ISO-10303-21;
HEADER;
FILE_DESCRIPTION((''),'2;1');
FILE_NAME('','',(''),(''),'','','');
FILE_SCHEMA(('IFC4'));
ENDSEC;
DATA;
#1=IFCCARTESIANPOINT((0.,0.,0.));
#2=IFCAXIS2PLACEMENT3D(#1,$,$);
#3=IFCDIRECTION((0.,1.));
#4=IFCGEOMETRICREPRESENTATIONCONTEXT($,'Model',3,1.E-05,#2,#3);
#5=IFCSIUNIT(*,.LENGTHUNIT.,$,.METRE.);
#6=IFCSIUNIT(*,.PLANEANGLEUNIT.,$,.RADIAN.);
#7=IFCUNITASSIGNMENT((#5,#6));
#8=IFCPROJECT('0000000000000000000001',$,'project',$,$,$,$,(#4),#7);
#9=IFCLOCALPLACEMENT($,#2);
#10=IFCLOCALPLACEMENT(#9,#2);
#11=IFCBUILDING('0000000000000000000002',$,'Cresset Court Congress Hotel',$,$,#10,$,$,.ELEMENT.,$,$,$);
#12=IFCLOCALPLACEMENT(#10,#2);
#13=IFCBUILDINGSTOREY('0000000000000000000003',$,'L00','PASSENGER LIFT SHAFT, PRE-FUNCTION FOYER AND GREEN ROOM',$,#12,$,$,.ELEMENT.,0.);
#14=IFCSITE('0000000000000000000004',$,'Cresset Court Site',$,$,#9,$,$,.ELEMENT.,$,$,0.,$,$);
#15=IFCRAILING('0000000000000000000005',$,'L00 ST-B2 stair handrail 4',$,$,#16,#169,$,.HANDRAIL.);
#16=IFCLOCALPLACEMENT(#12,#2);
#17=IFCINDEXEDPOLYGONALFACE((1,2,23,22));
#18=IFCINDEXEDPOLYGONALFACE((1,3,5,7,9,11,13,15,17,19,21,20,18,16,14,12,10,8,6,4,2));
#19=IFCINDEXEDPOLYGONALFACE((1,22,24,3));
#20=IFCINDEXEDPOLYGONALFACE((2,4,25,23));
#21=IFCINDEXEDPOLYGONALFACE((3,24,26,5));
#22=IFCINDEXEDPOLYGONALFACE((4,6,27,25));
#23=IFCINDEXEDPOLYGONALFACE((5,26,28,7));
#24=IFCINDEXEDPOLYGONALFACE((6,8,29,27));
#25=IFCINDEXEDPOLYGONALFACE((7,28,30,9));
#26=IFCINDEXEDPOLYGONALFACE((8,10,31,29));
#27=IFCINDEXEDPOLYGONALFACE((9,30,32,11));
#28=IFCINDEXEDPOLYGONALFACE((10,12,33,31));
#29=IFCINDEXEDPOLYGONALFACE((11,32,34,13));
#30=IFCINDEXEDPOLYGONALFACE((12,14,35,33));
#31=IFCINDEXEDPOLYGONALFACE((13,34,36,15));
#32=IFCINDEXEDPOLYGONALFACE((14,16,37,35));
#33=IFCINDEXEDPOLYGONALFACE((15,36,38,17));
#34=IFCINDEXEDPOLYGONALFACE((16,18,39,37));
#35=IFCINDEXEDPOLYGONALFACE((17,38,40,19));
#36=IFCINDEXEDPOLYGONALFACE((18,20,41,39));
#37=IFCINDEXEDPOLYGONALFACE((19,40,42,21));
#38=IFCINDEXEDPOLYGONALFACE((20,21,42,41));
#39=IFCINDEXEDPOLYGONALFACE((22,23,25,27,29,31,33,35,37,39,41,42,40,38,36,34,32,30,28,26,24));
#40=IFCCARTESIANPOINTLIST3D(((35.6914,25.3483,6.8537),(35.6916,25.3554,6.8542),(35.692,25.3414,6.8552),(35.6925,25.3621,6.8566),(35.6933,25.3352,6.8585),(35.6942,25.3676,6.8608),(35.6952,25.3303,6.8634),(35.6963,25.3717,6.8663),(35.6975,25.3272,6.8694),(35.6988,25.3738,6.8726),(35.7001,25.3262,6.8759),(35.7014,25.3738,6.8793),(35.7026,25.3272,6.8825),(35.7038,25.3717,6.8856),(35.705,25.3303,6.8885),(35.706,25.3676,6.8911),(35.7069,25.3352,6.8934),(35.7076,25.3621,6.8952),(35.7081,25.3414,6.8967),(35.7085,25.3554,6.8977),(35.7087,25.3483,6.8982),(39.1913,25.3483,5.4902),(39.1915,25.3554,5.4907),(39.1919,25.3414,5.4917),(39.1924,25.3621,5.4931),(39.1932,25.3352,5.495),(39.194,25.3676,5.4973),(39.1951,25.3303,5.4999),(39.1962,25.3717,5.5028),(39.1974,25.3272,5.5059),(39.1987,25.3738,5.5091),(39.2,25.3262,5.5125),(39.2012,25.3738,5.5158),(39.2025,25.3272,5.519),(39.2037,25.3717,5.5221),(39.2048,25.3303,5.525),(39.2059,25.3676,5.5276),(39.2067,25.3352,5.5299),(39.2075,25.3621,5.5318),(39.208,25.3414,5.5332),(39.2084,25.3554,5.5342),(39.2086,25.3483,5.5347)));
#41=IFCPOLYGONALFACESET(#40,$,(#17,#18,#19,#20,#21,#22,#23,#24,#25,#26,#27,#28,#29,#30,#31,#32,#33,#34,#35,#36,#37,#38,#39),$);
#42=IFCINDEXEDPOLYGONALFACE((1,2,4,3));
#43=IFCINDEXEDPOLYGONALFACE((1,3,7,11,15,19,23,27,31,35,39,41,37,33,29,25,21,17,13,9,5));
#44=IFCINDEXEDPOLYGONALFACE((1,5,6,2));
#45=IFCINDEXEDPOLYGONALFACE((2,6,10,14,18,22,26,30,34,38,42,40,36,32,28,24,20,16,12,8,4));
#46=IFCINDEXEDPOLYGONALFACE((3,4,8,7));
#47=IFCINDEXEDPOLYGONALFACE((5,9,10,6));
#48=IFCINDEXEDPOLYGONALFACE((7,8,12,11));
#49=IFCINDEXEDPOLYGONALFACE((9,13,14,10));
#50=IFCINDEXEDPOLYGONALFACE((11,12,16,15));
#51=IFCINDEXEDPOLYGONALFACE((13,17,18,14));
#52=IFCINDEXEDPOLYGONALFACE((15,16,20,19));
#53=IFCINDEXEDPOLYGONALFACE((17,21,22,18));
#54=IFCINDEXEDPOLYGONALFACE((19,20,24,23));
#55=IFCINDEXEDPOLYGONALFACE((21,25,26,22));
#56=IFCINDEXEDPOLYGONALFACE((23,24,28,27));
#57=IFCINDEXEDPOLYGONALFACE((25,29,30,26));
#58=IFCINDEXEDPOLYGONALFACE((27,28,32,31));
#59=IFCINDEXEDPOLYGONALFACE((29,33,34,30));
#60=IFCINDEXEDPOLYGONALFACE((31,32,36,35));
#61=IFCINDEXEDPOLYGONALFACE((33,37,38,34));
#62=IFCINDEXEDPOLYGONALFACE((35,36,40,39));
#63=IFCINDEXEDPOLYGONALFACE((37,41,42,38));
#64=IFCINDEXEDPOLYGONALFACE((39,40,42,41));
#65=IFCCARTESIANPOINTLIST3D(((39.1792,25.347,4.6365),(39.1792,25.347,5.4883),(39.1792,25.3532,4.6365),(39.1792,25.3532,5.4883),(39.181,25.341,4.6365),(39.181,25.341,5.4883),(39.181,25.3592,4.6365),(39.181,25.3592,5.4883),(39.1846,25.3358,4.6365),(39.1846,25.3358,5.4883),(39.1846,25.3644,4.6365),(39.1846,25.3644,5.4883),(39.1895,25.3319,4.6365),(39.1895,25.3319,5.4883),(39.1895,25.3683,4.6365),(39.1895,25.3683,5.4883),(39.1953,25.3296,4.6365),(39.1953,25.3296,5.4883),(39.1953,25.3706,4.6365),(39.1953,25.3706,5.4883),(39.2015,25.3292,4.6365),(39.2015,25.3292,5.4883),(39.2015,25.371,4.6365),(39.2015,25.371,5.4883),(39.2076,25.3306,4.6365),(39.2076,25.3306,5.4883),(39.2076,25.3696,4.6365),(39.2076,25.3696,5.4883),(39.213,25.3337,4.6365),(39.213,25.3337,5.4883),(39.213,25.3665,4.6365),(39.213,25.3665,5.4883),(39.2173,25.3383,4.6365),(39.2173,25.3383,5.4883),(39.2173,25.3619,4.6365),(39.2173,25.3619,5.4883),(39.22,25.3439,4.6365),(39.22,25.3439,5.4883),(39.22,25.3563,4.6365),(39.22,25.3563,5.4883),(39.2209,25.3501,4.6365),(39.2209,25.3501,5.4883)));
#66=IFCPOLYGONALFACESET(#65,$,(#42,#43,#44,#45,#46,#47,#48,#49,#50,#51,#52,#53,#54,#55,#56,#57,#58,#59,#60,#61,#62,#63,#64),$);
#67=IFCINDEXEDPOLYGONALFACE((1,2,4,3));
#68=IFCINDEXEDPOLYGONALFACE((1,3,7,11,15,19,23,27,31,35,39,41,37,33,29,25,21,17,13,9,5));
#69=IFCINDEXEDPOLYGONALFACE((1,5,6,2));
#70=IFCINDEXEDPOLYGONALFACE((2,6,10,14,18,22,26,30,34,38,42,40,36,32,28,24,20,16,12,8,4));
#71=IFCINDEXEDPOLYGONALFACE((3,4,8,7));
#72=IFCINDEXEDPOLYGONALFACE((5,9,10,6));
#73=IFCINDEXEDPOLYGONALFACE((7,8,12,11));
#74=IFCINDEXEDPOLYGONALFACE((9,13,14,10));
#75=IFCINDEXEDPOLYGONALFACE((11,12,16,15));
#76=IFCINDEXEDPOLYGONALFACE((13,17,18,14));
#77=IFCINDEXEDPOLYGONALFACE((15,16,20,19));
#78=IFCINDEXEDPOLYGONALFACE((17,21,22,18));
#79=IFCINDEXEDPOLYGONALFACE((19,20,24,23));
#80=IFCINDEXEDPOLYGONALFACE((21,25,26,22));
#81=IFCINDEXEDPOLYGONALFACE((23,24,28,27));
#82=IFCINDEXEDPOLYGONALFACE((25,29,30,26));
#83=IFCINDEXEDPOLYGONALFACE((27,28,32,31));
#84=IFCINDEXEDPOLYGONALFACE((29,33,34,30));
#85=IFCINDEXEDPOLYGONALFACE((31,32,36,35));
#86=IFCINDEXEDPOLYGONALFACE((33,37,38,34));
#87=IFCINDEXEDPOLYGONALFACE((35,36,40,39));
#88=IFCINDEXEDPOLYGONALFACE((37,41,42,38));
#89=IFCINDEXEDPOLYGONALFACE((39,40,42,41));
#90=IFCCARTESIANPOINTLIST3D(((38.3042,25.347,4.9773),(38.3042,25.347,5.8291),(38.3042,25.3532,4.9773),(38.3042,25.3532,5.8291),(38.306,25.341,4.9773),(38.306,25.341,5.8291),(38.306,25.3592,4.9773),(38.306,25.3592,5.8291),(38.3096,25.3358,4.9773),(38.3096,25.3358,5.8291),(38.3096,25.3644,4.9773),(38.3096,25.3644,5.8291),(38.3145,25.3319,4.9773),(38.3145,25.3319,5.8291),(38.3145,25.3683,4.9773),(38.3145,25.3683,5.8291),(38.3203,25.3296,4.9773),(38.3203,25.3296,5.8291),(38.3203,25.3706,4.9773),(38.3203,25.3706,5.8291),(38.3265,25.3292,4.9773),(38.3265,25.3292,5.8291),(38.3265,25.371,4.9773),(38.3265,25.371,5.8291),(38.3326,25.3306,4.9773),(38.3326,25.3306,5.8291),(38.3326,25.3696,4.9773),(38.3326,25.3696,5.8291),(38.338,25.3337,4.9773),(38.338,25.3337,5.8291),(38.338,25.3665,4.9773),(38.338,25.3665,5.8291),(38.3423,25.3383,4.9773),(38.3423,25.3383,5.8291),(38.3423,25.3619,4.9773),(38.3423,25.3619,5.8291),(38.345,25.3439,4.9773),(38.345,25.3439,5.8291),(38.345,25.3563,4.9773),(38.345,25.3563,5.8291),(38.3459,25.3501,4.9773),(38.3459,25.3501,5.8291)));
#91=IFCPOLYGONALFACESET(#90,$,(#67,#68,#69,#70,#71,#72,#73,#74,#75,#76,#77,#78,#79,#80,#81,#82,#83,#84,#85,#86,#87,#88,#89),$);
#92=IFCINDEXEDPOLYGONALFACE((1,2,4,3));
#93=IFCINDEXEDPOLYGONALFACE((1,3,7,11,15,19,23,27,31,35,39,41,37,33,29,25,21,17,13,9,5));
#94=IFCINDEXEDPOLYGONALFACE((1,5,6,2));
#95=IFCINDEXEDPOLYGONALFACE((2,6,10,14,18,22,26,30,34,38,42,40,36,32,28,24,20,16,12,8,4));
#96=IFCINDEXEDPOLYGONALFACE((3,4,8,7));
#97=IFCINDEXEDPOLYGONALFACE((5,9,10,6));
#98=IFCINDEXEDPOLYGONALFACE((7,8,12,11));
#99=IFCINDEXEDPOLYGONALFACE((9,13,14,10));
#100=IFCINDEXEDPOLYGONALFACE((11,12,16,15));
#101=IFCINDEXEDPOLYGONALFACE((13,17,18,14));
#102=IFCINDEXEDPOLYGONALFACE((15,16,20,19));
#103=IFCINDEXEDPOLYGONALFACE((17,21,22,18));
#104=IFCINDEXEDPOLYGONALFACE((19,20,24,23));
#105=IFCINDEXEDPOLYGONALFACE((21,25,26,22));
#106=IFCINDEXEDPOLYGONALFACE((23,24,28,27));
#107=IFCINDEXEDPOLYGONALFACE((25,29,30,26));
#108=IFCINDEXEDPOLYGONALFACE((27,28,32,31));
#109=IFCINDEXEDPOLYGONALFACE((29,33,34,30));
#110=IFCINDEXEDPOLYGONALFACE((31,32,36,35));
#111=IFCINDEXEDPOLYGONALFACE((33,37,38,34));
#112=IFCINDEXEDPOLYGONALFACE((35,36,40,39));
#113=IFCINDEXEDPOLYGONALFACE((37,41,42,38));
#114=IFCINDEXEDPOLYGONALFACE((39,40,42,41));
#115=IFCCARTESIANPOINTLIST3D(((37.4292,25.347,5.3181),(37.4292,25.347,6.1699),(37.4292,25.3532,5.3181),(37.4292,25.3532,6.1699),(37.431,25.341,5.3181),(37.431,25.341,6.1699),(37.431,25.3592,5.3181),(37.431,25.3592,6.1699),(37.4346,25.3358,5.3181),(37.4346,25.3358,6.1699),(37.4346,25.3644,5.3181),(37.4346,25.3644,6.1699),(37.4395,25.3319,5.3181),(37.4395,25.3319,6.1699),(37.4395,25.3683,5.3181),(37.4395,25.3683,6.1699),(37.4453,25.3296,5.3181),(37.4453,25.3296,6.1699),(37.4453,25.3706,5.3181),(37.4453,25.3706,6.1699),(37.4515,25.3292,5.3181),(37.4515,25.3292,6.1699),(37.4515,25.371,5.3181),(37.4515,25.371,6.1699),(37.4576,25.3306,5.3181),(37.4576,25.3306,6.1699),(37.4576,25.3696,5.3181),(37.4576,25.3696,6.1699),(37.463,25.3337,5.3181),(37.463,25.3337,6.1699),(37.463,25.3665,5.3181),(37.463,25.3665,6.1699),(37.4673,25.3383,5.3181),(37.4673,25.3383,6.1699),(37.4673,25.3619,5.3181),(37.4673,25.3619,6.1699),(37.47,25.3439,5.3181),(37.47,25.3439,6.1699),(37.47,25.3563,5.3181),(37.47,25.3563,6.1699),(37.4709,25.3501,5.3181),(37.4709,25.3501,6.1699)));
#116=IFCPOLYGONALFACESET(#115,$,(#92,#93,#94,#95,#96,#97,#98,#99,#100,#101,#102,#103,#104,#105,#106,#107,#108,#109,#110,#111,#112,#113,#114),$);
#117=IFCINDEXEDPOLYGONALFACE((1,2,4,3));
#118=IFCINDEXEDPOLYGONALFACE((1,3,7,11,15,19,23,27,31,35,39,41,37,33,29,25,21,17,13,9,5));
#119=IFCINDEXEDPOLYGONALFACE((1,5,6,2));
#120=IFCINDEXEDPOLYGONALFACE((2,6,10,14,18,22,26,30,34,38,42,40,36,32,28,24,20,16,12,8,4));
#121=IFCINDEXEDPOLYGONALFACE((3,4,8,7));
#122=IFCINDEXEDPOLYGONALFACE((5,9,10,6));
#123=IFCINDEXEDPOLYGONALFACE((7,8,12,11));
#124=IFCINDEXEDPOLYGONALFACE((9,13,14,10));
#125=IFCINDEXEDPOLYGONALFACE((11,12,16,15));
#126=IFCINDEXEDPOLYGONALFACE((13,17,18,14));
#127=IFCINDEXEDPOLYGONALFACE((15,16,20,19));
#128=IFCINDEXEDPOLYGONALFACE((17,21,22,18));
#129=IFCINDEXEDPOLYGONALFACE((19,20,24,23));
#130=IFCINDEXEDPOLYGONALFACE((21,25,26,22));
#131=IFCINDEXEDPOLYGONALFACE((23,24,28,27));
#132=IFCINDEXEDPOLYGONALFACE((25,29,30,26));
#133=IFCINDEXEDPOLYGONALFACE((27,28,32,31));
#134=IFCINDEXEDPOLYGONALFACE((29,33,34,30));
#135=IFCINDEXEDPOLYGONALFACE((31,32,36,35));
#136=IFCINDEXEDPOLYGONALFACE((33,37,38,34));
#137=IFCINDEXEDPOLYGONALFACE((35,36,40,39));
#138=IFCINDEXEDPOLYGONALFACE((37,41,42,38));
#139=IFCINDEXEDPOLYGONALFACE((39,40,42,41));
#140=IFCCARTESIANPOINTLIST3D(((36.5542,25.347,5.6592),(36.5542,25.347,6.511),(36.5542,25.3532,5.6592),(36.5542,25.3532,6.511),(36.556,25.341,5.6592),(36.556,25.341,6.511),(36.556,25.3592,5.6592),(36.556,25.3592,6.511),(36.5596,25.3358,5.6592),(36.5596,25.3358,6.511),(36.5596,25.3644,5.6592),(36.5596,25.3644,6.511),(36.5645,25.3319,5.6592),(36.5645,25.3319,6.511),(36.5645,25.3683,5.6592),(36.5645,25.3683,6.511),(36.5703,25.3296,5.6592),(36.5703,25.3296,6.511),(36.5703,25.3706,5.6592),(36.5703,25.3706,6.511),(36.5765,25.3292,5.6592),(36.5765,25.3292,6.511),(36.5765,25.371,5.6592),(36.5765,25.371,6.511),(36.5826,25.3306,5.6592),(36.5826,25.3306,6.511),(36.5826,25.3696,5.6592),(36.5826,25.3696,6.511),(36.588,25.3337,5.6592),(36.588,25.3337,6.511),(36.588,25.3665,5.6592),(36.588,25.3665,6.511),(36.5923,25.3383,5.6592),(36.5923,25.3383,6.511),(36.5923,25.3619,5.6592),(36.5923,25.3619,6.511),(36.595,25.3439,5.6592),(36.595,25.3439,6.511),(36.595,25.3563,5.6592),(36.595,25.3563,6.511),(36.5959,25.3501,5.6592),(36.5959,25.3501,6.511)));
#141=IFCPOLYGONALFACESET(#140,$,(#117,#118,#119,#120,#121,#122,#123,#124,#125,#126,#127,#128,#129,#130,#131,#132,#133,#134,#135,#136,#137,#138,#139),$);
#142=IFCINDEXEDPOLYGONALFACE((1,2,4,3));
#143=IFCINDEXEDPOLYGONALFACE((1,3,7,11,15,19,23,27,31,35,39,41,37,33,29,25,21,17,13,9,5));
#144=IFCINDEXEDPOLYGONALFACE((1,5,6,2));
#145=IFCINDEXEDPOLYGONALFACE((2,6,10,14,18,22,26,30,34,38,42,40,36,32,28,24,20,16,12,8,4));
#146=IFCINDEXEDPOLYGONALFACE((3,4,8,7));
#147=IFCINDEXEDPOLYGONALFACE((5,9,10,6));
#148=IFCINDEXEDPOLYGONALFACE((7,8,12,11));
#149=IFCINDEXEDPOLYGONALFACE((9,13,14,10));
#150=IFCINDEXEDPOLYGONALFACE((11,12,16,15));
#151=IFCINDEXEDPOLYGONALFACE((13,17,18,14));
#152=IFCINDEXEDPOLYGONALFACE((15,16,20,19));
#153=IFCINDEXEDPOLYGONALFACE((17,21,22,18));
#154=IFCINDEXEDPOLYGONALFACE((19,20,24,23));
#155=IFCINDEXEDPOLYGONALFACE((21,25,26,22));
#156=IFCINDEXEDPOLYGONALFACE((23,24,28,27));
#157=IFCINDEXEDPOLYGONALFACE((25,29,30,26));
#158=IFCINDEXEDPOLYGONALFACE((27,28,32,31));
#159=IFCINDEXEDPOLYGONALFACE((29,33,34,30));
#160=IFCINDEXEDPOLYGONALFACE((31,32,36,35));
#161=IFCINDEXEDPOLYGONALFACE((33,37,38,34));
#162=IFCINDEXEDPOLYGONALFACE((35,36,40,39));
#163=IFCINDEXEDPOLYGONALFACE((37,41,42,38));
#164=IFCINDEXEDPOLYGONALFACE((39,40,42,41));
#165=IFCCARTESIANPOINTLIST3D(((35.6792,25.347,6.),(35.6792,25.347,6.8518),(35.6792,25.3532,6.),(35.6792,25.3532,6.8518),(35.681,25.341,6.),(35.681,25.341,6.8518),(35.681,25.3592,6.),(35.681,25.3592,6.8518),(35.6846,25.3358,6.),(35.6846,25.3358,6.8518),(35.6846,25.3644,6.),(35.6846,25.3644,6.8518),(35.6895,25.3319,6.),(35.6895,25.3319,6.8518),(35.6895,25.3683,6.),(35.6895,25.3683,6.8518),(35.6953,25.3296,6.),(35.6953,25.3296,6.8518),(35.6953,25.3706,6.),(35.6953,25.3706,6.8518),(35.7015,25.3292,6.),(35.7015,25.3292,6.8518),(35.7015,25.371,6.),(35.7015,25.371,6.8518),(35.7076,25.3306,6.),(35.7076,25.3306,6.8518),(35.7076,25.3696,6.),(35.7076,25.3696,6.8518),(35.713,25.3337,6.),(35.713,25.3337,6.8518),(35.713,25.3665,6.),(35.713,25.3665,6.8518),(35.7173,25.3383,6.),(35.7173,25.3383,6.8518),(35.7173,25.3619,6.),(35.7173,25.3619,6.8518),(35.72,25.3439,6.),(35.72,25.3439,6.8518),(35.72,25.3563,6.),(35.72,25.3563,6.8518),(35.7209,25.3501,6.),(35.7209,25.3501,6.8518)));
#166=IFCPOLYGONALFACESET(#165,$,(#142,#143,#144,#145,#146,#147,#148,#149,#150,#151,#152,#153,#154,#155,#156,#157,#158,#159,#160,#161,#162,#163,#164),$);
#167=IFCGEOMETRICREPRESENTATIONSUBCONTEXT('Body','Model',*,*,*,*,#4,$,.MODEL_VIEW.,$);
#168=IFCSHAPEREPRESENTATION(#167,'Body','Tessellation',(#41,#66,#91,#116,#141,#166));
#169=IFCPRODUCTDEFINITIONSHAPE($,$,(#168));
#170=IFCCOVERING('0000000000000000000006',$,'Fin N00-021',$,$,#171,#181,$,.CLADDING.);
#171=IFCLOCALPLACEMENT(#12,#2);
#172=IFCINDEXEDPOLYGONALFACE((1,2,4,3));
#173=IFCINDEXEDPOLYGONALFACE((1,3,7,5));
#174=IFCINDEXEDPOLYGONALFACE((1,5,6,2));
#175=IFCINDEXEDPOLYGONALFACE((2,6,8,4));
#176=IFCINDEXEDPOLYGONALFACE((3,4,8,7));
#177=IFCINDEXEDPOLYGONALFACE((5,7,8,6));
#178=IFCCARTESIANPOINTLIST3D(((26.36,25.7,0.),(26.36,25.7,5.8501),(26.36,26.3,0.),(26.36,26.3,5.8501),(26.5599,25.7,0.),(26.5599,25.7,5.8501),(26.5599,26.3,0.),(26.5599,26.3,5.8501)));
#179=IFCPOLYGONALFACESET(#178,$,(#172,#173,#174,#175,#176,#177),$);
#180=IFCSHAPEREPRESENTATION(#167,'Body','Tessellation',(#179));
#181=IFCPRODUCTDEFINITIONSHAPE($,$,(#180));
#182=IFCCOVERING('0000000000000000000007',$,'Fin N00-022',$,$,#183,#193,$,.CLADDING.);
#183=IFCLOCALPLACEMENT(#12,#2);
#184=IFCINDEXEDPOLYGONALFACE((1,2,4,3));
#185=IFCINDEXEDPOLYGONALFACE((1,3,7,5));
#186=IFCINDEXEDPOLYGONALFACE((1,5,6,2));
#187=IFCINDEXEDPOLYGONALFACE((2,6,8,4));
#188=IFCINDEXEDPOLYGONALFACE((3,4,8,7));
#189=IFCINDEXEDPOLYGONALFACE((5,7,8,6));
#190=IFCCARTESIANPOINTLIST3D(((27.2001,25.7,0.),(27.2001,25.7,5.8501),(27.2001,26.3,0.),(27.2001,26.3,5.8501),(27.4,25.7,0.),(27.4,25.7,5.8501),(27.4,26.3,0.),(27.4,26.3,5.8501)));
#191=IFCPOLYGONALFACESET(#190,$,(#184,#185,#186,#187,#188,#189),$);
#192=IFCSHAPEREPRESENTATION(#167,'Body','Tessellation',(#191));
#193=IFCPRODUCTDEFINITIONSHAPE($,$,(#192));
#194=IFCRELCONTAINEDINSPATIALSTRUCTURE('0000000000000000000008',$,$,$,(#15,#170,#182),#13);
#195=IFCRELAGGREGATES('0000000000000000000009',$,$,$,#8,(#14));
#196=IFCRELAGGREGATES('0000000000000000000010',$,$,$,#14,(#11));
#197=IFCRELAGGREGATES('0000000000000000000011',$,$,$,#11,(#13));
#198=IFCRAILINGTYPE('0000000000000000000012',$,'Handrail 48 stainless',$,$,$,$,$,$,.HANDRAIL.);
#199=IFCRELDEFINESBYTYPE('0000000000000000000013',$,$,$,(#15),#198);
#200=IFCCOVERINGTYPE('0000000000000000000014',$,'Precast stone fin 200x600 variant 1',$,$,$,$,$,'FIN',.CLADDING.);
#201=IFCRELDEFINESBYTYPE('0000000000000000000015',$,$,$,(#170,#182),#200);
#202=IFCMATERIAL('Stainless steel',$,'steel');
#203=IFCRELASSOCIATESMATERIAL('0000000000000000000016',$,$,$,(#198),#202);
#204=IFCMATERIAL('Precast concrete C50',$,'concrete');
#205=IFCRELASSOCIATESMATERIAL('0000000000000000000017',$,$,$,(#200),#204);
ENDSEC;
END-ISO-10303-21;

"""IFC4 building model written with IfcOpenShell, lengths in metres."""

from ifc_helpers import new_model, si_unit, direction, frame, origin, origin_2d, place, context, subcontext, project, spatial, rectangle, circle, extrude, material, type_object, element, save


model = new_model("IFC4")

# Units and contexts
model_context = context("Model", 3, precision=1e-05, world=origin(), true_north=direction((0.0, 1.0)))
body_context = subcontext(model_context, "Body", "Model", "MODEL_VIEW")
ifc_project = project(units=[si_unit("LENGTHUNIT", "METRE"), si_unit("PLANEANGLEUNIT", "RADIAN")], contexts=[model_context])

# Site, building, storey
site_placement = place(None, origin())
site = spatial("IfcSite", under=ifc_project, at=site_placement, Name="Cresset Court Site", CompositionType="ELEMENT", RefElevation=0.0)
building_placement = place(site_placement, origin())
building = spatial("IfcBuilding", under=site, at=building_placement, Name="Cresset Court Congress Hotel", CompositionType="ELEMENT")
storey_placement = place(building_placement, origin())
storey = spatial("IfcBuildingStorey", under=building, at=storey_placement, Name="L00", Description="PASSENGER LIFT SHAFT, PRE-FUNCTION FOYER AND GREEN ROOM", CompositionType="ELEMENT", Elevation=0.0)

# Railing
ifc_material_1 = material(Name="Stainless steel", Category="steel")
railing_type_1 = type_object("IfcRailingType", Name="Handrail 48 stainless", PredefinedType="HANDRAIL", material=ifc_material_1)
railing_1_placement = place(storey_placement, frame((39.2, 25.3501, 4.6365)))
element("IfcRailing", 1, at=railing_1_placement, inside=storey, type_object=railing_type_1, Name="L00 ST-B2 stair handrail 4", PredefinedType="HANDRAIL", context=body_context, shape_type="SweptSolid", body=[
    extrude(circle(Radius=0.0239, at=origin_2d()), frame((0.0, 0.0, 0.876), z_axis=(-0.931787, 0.0, 0.363005), x_axis=(0.0, -1.0, 0.0)), (0.0, 0.0, 1.0), 3.7561),
    extrude(circle(Radius=0.021, at=origin_2d()), origin(), (0.0, 0.0, 1.0), 0.8518),
    extrude(circle(Radius=0.021, at=origin_2d()), frame((-0.875, 0.0, 0.3408)), (0.0, 0.0, 1.0), 0.8518),
    extrude(circle(Radius=0.021, at=origin_2d()), frame((-1.75, 0.0, 0.6816)), (0.0, 0.0, 1.0), 0.8518),
    extrude(circle(Radius=0.021, at=origin_2d()), frame((-2.625, 0.0, 1.0227)), (0.0, 0.0, 1.0), 0.8518),
    extrude(circle(Radius=0.021, at=origin_2d()), frame((-3.5, 0.0, 1.3635)), (0.0, 0.0, 1.0), 0.8518),
])

# Coverings
ifc_material_2 = material(Name="Precast concrete C50", Category="concrete")
covering_type = type_object("IfcCoveringType", Name="Precast stone fin 200x600 variant 1", ElementType="FIN", PredefinedType="CLADDING", material=ifc_material_2)
for number, where, z_axis, x_axis, name in (
    (2, (26.46, 26.0, 0.0), (0.0, 0.0, 1.0), (1.0, 0.0, 0.0), "Fin N00-021"),
    (3, (27.3, 26.0, 0.0), (0.0, 0.0, 1.0), (1.0, 0.0, 0.0), "Fin N00-022"),
):
    element("IfcCovering", number, at=place(storey_placement, frame(where, z_axis=z_axis, x_axis=x_axis)), inside=storey, type_object=covering_type, Name=name, PredefinedType="CLADDING", context=body_context, shape_type="SweptSolid", body=[
        extrude(rectangle(XDim=0.2, YDim=0.6001, at=origin_2d()), origin(), (0.0, 0.0, 1.0), 5.8501),
    ])

save(model, "model.ifc")
